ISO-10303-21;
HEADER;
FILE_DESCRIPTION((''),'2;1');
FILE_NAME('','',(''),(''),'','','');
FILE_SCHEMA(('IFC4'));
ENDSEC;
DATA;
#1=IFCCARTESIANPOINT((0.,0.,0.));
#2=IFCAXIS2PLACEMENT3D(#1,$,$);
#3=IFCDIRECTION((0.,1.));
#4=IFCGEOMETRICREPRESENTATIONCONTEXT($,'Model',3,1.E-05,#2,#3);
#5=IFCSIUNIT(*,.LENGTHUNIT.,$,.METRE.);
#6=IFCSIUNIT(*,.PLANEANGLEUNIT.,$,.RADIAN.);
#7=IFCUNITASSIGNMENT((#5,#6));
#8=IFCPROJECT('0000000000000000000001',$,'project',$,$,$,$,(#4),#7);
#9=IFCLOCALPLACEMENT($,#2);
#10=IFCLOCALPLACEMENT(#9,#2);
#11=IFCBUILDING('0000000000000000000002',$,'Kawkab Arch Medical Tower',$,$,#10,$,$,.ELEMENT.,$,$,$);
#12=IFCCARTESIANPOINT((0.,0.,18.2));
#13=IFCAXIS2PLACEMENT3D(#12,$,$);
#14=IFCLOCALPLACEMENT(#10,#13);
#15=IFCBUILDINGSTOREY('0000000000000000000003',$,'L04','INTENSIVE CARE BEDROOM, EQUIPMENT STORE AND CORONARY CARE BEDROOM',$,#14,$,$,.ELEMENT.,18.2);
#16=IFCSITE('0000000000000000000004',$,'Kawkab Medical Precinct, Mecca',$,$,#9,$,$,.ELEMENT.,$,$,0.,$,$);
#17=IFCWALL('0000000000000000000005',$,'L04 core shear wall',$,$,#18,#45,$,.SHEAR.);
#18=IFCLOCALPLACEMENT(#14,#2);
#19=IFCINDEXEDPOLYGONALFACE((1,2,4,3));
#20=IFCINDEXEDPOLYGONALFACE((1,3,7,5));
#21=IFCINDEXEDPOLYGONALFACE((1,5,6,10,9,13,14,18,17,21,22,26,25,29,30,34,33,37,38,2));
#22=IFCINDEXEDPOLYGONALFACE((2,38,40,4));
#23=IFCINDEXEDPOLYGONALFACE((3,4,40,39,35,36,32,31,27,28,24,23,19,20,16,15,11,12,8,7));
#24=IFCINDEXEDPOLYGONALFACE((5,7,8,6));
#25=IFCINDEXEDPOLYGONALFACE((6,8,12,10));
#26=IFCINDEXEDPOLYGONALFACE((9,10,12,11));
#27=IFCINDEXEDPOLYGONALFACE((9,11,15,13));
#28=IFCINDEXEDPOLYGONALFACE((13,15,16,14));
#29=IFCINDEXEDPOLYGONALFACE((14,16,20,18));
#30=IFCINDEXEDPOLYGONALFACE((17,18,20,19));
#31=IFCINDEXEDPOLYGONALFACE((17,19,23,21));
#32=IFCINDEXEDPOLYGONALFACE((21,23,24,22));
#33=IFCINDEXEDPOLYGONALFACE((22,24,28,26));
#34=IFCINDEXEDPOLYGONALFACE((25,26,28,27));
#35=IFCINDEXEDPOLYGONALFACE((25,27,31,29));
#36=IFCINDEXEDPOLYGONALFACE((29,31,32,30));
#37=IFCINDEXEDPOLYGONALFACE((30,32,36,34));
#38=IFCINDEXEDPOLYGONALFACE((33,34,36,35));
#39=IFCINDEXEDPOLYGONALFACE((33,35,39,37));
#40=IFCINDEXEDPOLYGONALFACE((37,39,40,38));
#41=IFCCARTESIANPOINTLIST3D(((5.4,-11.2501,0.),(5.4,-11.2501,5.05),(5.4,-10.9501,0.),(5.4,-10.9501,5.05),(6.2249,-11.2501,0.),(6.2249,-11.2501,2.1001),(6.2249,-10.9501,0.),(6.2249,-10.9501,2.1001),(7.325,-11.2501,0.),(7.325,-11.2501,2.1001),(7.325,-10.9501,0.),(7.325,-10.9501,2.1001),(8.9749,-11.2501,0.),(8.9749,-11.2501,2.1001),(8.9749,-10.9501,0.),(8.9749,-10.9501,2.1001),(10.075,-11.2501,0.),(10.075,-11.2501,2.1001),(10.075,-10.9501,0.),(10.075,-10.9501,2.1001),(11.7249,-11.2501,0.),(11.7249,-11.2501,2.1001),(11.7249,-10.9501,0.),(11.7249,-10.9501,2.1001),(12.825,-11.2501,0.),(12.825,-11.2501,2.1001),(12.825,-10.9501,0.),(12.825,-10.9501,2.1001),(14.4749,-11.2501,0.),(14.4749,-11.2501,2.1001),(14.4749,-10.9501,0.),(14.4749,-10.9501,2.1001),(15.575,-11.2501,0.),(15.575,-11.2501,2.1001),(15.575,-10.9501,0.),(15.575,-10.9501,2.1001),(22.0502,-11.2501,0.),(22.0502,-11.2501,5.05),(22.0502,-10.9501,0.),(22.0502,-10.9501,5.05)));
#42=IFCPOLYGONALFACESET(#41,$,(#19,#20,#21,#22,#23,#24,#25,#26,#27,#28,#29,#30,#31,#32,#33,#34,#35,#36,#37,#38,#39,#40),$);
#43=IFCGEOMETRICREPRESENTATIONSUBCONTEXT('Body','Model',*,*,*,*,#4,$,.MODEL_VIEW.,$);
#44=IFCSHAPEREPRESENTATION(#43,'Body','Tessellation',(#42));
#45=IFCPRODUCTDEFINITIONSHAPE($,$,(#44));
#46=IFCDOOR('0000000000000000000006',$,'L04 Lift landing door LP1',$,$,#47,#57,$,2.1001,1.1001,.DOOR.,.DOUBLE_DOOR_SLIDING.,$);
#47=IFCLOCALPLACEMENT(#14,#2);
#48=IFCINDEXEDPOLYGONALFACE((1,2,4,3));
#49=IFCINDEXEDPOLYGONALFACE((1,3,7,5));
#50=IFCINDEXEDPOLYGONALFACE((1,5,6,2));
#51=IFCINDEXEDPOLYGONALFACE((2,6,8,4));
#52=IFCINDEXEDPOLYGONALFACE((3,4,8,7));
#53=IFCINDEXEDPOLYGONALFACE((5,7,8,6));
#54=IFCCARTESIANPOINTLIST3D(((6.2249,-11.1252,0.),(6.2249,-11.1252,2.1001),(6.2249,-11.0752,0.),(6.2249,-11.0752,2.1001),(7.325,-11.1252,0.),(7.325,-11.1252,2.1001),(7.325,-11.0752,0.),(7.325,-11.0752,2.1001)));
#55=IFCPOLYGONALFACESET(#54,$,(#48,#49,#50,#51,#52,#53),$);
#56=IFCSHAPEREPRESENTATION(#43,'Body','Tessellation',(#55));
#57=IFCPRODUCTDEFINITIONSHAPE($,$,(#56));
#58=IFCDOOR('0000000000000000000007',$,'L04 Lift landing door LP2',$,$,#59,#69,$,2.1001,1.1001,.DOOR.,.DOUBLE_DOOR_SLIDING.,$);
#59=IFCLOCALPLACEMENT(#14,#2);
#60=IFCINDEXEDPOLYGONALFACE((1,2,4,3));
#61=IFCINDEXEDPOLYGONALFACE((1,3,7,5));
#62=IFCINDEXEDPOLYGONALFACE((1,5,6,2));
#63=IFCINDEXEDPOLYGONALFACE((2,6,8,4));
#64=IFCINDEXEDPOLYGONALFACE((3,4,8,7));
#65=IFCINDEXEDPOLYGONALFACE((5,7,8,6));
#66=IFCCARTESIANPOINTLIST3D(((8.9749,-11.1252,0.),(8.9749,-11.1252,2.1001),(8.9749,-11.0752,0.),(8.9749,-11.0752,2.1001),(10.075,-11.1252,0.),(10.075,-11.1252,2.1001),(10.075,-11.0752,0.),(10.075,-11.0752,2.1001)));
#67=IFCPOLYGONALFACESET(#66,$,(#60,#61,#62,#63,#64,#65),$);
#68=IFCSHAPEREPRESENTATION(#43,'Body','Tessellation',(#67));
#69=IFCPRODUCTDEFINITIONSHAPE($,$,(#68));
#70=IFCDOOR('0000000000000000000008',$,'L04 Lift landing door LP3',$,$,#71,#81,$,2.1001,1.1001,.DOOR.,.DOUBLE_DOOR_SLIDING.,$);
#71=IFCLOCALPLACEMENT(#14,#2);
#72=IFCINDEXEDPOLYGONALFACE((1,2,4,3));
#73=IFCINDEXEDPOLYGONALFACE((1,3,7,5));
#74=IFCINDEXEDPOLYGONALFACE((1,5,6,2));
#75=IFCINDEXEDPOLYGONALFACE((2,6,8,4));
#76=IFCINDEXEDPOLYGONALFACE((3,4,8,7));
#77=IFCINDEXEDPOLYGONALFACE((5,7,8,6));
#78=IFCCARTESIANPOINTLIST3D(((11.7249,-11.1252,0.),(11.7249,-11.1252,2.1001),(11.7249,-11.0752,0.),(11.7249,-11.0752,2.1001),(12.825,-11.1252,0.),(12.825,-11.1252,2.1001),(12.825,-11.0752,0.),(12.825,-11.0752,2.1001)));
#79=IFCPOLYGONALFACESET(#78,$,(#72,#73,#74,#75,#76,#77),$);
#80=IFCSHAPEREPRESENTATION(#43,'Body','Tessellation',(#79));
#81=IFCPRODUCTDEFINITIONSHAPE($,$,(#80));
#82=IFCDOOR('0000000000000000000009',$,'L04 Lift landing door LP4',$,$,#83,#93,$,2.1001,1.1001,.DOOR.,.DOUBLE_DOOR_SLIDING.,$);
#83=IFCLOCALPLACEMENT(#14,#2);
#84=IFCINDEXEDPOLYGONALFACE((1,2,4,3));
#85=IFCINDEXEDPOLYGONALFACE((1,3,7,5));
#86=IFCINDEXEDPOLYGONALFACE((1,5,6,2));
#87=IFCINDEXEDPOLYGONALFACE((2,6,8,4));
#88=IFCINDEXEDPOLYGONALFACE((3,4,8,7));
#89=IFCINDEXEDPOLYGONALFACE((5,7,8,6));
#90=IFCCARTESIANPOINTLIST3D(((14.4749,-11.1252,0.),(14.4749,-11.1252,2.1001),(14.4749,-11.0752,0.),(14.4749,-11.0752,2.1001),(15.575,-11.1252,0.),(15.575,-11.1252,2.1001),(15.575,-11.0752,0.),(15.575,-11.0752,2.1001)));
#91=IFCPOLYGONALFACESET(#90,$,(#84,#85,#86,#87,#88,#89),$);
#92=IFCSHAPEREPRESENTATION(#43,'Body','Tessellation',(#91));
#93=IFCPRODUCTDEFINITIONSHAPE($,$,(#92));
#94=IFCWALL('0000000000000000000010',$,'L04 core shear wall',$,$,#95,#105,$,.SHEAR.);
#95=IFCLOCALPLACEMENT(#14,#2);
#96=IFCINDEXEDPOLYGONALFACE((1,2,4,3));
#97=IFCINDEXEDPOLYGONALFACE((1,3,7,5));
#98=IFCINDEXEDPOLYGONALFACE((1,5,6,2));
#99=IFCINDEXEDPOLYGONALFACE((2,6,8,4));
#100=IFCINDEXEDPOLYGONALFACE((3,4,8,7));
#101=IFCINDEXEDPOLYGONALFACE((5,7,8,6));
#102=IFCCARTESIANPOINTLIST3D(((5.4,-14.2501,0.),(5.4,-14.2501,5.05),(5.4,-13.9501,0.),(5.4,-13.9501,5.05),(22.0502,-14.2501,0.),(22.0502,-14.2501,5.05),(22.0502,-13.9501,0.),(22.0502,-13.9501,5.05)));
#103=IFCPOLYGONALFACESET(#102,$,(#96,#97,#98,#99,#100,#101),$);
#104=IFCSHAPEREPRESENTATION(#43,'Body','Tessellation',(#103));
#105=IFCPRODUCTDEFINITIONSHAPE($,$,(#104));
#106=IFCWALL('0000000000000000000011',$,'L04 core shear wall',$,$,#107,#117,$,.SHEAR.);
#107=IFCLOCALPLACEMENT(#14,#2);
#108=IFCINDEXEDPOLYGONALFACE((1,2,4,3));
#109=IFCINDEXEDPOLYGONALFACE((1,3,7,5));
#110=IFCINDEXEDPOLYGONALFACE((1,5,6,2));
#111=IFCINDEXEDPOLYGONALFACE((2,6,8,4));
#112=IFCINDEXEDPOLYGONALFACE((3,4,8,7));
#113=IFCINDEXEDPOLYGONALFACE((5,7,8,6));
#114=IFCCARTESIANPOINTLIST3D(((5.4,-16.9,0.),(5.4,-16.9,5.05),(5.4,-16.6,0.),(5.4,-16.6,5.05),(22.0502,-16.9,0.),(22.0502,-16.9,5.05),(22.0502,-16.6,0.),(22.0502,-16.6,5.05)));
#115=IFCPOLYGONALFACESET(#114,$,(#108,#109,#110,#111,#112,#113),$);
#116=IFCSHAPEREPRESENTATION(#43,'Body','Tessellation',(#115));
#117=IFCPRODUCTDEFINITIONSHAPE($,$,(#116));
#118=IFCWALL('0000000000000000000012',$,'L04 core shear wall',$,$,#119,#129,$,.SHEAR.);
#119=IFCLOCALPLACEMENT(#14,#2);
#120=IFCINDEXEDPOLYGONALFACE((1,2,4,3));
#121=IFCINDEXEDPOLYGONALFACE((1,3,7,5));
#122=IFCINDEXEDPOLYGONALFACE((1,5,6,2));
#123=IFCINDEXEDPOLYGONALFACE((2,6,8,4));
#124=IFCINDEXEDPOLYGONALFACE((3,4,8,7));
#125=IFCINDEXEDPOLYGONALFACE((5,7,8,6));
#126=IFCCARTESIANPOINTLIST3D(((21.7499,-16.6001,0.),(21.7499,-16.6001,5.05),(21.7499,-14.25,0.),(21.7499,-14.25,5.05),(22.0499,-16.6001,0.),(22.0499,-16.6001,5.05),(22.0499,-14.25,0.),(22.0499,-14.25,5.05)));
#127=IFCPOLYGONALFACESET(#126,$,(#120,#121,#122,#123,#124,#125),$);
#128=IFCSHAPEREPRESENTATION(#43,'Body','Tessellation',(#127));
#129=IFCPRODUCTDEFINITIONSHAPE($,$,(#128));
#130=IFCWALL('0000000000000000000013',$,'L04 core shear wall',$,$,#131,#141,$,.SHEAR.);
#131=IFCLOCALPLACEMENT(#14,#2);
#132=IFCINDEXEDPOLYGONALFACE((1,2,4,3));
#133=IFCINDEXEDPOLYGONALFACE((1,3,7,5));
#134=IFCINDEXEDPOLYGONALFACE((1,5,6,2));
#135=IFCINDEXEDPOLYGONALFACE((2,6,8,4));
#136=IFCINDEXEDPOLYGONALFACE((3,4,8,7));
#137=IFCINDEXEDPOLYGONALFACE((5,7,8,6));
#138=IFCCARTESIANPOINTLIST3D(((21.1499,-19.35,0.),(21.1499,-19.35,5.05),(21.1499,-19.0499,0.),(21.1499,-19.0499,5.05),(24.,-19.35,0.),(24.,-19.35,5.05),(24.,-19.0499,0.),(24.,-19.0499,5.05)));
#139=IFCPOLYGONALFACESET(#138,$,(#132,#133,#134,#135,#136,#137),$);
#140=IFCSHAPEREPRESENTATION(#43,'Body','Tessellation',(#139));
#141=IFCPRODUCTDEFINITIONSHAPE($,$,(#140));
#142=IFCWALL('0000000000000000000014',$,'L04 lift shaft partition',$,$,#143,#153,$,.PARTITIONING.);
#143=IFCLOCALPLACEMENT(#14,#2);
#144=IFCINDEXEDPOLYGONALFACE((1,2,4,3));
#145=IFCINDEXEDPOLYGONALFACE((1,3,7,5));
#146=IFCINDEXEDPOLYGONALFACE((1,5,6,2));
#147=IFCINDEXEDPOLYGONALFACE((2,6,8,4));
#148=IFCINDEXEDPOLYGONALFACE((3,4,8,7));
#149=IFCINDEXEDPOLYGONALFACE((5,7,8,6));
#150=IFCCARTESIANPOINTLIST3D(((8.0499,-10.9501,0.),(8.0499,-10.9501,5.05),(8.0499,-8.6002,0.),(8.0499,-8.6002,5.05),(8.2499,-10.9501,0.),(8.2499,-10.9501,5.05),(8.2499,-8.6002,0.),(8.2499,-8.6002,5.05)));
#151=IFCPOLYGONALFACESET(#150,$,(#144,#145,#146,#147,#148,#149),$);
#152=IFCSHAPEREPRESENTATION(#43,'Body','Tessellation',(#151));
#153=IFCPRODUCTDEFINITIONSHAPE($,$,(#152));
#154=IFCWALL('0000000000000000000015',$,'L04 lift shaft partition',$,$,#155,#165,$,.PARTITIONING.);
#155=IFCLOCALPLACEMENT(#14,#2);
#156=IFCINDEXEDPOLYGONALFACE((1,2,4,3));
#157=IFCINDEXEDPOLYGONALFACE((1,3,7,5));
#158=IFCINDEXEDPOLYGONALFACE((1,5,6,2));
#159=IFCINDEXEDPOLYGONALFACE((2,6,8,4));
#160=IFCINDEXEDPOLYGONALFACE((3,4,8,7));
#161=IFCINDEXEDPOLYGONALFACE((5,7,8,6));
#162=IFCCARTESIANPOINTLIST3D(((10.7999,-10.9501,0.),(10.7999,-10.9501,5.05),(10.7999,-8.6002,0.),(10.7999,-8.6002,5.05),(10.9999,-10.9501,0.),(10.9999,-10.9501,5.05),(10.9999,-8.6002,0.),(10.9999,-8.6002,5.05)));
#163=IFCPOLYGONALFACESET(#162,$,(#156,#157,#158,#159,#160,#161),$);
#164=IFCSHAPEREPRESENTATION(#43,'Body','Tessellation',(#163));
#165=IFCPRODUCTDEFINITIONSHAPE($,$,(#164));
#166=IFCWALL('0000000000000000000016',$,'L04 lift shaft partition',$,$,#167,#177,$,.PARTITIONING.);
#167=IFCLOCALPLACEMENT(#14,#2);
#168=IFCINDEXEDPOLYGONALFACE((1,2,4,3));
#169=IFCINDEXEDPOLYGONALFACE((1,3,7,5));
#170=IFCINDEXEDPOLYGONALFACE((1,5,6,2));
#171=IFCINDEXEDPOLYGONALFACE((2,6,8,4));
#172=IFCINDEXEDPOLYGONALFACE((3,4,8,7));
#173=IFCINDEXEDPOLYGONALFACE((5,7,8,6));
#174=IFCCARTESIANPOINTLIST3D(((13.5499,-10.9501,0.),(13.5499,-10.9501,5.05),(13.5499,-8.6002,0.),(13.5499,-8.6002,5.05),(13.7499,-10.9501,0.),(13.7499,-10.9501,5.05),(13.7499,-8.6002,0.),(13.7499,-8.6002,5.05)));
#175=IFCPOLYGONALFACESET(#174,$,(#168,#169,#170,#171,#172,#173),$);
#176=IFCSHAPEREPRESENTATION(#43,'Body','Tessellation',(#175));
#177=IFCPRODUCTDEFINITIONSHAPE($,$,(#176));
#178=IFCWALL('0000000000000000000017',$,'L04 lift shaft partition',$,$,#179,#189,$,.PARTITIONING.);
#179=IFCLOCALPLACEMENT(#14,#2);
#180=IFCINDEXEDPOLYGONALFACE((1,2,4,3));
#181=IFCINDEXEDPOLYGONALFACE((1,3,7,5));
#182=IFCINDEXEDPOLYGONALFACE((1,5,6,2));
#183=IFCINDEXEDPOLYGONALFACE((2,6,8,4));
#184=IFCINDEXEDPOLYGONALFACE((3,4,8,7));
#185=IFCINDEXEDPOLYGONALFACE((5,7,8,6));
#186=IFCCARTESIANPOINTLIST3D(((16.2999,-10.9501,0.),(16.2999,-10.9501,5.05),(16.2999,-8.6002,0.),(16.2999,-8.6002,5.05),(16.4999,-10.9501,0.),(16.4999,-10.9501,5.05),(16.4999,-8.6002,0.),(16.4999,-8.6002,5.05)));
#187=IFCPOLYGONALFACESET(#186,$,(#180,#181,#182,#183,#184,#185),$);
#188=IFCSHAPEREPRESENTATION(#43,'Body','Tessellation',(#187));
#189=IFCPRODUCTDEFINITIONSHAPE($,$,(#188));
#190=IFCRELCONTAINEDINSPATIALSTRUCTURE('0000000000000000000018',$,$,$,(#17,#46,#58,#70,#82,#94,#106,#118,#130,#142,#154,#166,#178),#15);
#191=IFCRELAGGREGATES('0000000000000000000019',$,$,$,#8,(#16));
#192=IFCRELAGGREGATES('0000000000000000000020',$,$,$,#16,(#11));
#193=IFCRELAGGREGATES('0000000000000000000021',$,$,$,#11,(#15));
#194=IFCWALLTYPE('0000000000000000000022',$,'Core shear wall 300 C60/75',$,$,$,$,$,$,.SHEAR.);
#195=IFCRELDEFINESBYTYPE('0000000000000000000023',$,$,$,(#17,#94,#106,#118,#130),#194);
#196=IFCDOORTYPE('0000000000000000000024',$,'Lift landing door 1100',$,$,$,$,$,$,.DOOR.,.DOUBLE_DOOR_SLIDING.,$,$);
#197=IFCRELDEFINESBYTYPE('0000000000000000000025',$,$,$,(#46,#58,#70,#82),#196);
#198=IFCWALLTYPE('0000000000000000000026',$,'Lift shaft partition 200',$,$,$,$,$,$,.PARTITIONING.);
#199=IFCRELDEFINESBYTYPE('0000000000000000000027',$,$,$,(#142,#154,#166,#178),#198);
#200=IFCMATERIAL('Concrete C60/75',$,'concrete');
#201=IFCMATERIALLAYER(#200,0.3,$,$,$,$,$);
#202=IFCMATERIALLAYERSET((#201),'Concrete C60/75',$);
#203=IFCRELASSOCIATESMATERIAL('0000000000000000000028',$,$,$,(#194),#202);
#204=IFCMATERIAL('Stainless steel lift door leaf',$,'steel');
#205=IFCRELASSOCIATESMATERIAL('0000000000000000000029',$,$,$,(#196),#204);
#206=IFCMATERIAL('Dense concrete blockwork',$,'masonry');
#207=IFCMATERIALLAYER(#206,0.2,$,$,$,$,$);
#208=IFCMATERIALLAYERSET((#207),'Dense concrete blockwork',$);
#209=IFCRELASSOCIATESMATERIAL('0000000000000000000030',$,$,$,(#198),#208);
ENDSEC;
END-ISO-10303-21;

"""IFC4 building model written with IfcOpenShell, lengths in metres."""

from ifc_helpers import new_model, si_unit, direction, frame, frame_2d, origin, place, context, subcontext, project, spatial, rectangle, extrude, material, layer, layer_set, type_object, element, fill, save


model = new_model("IFC4")

# Units and contexts
model_context = context("Model", 3, precision=1e-05, world=origin(), true_north=direction((0.0, 1.0)))
body_context = subcontext(model_context, "Body", "Model", "MODEL_VIEW")
ifc_project = project(units=[si_unit("LENGTHUNIT", "METRE"), si_unit("PLANEANGLEUNIT", "RADIAN")], contexts=[model_context])

# Site, building, storey
site_placement = place(None, origin())
site = spatial("IfcSite", under=ifc_project, at=site_placement, Name="Kawkab Medical Precinct, Mecca", CompositionType="ELEMENT", RefElevation=0.0)
building_placement = place(site_placement, origin())
building = spatial("IfcBuilding", under=site, at=building_placement, Name="Kawkab Arch Medical Tower", CompositionType="ELEMENT")
storey_placement = place(building_placement, frame((0.0, 0.0, 18.2)))
storey = spatial("IfcBuildingStorey", under=building, at=storey_placement, Name="L04", Description="INTENSIVE CARE BEDROOM, EQUIPMENT STORE AND CORONARY CARE BEDROOM", CompositionType="ELEMENT", Elevation=18.2)

# Wall, openings, doors
ifc_material_1 = material(Name="Concrete C60/75", Category="concrete")
ifc_layer_1 = layer(ifc_material_1, 0.3)
ifc_layer_set_1 = layer_set([ifc_layer_1], Name="Concrete C60/75")
wall_type_1 = type_object("IfcWallType", Name="Core shear wall 300 C60/75", PredefinedType="SHEAR", material=ifc_layer_set_1)
wall_1_placement = place(storey_placement, frame((5.3999, -11.1001, 0.0), z_axis=(0.0, 0.0, 1.0), x_axis=(1.0, 0.0, 0.0)))
wall_1 = element("IfcWall", 1, at=wall_1_placement, inside=storey, type_object=wall_type_1, Name="L04 core shear wall", PredefinedType="SHEAR", context=body_context, shape_type="SweptSolid", body=[
    extrude(rectangle(XDim=16.6501, YDim=0.3, at=frame_2d((8.3252, 0.0))), origin(), (0.0, 0.0, 1.0), 5.05),
])
opening_1_placement = place(wall_1_placement, frame((0.825, 0.0, 0.0)))
opening_1 = element("IfcOpeningElement", 2, at=opening_1_placement, cuts=wall_1, PredefinedType="OPENING", context=body_context, shape_type="SweptSolid", body=[
    extrude(rectangle(XDim=1.1001, YDim=2.1001, at=frame_2d((0.55, 1.05))), frame((0.0, 0.1599, 0.0), z_axis=(0.0, -1.0, 0.0), x_axis=(1.0, 0.0, 0.0)), (0.0, 0.0, 1.0), 0.3201),
])
opening_2_placement = place(wall_1_placement, frame((3.575, 0.0, 0.0)))
opening_2 = element("IfcOpeningElement", 3, at=opening_2_placement, cuts=wall_1, PredefinedType="OPENING", context=body_context, shape_type="SweptSolid", body=[
    extrude(rectangle(XDim=1.1001, YDim=2.1001, at=frame_2d((0.55, 1.05))), frame((0.0, 0.1599, 0.0), z_axis=(0.0, -1.0, 0.0), x_axis=(1.0, 0.0, 0.0)), (0.0, 0.0, 1.0), 0.3201),
])
opening_3_placement = place(wall_1_placement, frame((6.325, 0.0, 0.0)))
opening_3 = element("IfcOpeningElement", 4, at=opening_3_placement, cuts=wall_1, PredefinedType="OPENING", context=body_context, shape_type="SweptSolid", body=[
    extrude(rectangle(XDim=1.1001, YDim=2.1001, at=frame_2d((0.55, 1.05))), frame((0.0, 0.1599, 0.0), z_axis=(0.0, -1.0, 0.0), x_axis=(1.0, 0.0, 0.0)), (0.0, 0.0, 1.0), 0.3201),
])
opening_4_placement = place(wall_1_placement, frame((9.075, 0.0, 0.0)))
opening_4 = element("IfcOpeningElement", 5, at=opening_4_placement, cuts=wall_1, PredefinedType="OPENING", context=body_context, shape_type="SweptSolid", body=[
    extrude(rectangle(XDim=1.1001, YDim=2.1001, at=frame_2d((0.55, 1.05))), frame((0.0, 0.1599, 0.0), z_axis=(0.0, -1.0, 0.0), x_axis=(1.0, 0.0, 0.0)), (0.0, 0.0, 1.0), 0.3201),
])
ifc_material_2 = material(Name="Stainless steel lift door leaf", Category="steel")
door_type_1 = type_object("IfcDoorType", Name="Lift landing door 1100", OperationType="DOUBLE_DOOR_SLIDING", PredefinedType="DOOR", material=ifc_material_2)
door_1_placement = place(opening_1_placement, origin())
door_1 = element("IfcDoor", 6, at=door_1_placement, inside=storey, type_object=door_type_1, Name="L04 Lift landing door LP1", OperationType="DOUBLE_DOOR_SLIDING", OverallHeight=2.1001, OverallWidth=1.1001, PredefinedType="DOOR", context=body_context, shape_type="SweptSolid", body=[
    extrude(rectangle(XDim=1.1001, YDim=2.1001, at=frame_2d((0.55, 1.05))), frame((0.0, 0.0249, 0.0), z_axis=(0.0, -1.0, 0.0), x_axis=(1.0, 0.0, 0.0)), (0.0, 0.0, 1.0), 0.05),
])
fill(opening_1, door_1)
door_2_placement = place(opening_2_placement, origin())
door_2 = element("IfcDoor", 7, at=door_2_placement, inside=storey, type_object=door_type_1, Name="L04 Lift landing door LP2", OperationType="DOUBLE_DOOR_SLIDING", OverallHeight=2.1001, OverallWidth=1.1001, PredefinedType="DOOR", context=body_context, shape_type="SweptSolid", body=[
    extrude(rectangle(XDim=1.1001, YDim=2.1001, at=frame_2d((0.55, 1.05))), frame((0.0, 0.0249, 0.0), z_axis=(0.0, -1.0, 0.0), x_axis=(1.0, 0.0, 0.0)), (0.0, 0.0, 1.0), 0.05),
])
fill(opening_2, door_2)
door_3_placement = place(opening_3_placement, origin())
door_3 = element("IfcDoor", 8, at=door_3_placement, inside=storey, type_object=door_type_1, Name="L04 Lift landing door LP3", OperationType="DOUBLE_DOOR_SLIDING", OverallHeight=2.1001, OverallWidth=1.1001, PredefinedType="DOOR", context=body_context, shape_type="SweptSolid", body=[
    extrude(rectangle(XDim=1.1001, YDim=2.1001, at=frame_2d((0.55, 1.05))), frame((0.0, 0.0249, 0.0), z_axis=(0.0, -1.0, 0.0), x_axis=(1.0, 0.0, 0.0)), (0.0, 0.0, 1.0), 0.05),
])
fill(opening_3, door_3)
door_4_placement = place(opening_4_placement, origin())
door_4 = element("IfcDoor", 9, at=door_4_placement, inside=storey, type_object=door_type_1, Name="L04 Lift landing door LP4", OperationType="DOUBLE_DOOR_SLIDING", OverallHeight=2.1001, OverallWidth=1.1001, PredefinedType="DOOR", context=body_context, shape_type="SweptSolid", body=[
    extrude(rectangle(XDim=1.1001, YDim=2.1001, at=frame_2d((0.55, 1.05))), frame((0.0, 0.0249, 0.0), z_axis=(0.0, -1.0, 0.0), x_axis=(1.0, 0.0, 0.0)), (0.0, 0.0, 1.0), 0.05),
])
fill(opening_4, door_4)

# Walls
for number, where, z_axis, x_axis, name in (
    (10, (5.3999, -14.1001, 0.0), (0.0, 0.0, 1.0), (1.0, 0.0, 0.0), "L04 core shear wall"),
    (11, (5.3999, -16.75, 0.0), (0.0, 0.0, 1.0), (1.0, 0.0, 0.0), "L04 core shear wall"),
):
    element("IfcWall", number, at=place(storey_placement, frame(where, z_axis=z_axis, x_axis=x_axis)), inside=storey, type_object=wall_type_1, Name=name, PredefinedType="SHEAR", context=body_context, shape_type="SweptSolid", body=[
        extrude(rectangle(XDim=16.6501, YDim=0.3, at=frame_2d((8.3252, 0.0))), origin(), (0.0, 0.0, 1.0), 5.05),
    ])
wall_2_placement = place(storey_placement, frame((21.8999, -16.6001, 0.0), z_axis=(0.0, 0.0, 1.0), x_axis=(0.0, 1.0, 0.0)))
element("IfcWall", 12, at=wall_2_placement, inside=storey, type_object=wall_type_1, Name="L04 core shear wall", PredefinedType="SHEAR", context=body_context, shape_type="SweptSolid", body=[
    extrude(rectangle(XDim=2.3501, YDim=0.3, at=frame_2d((1.175, 0.0))), origin(), (0.0, 0.0, 1.0), 5.05),
])
wall_3_placement = place(storey_placement, frame((21.1499, -19.2, 0.0), z_axis=(0.0, 0.0, 1.0), x_axis=(1.0, 0.0, 0.0)))
element("IfcWall", 13, at=wall_3_placement, inside=storey, type_object=wall_type_1, Name="L04 core shear wall", PredefinedType="SHEAR", context=body_context, shape_type="SweptSolid", body=[
    extrude(rectangle(XDim=2.8501, YDim=0.3, at=frame_2d((1.425, 0.0))), origin(), (0.0, 0.0, 1.0), 5.05),
])
ifc_material_3 = material(Name="Dense concrete blockwork", Category="masonry")
ifc_layer_2 = layer(ifc_material_3, 0.2)
ifc_layer_set_2 = layer_set([ifc_layer_2], Name="Dense concrete blockwork")
wall_type_2 = type_object("IfcWallType", Name="Lift shaft partition 200", PredefinedType="PARTITIONING", material=ifc_layer_set_2)
for number, where, z_axis, x_axis, name in (
    (14, (8.1499, -10.95, 0.0), (0.0, 0.0, 1.0), (0.0, 1.0, 0.0), "L04 lift shaft partition"),
    (15, (10.8999, -10.95, 0.0), (0.0, 0.0, 1.0), (0.0, 1.0, 0.0), "L04 lift shaft partition"),
    (16, (13.6499, -10.95, 0.0), (0.0, 0.0, 1.0), (0.0, 1.0, 0.0), "L04 lift shaft partition"),
    (17, (16.3999, -10.95, 0.0), (0.0, 0.0, 1.0), (0.0, 1.0, 0.0), "L04 lift shaft partition"),
):
    element("IfcWall", number, at=place(storey_placement, frame(where, z_axis=z_axis, x_axis=x_axis)), inside=storey, type_object=wall_type_2, Name=name, PredefinedType="PARTITIONING", context=body_context, shape_type="SweptSolid", body=[
        extrude(rectangle(XDim=2.3499, YDim=0.2, at=frame_2d((1.1748, 0.0))), origin(), (0.0, 0.0, 1.0), 5.05),
    ])

save(model, "model.ifc")
